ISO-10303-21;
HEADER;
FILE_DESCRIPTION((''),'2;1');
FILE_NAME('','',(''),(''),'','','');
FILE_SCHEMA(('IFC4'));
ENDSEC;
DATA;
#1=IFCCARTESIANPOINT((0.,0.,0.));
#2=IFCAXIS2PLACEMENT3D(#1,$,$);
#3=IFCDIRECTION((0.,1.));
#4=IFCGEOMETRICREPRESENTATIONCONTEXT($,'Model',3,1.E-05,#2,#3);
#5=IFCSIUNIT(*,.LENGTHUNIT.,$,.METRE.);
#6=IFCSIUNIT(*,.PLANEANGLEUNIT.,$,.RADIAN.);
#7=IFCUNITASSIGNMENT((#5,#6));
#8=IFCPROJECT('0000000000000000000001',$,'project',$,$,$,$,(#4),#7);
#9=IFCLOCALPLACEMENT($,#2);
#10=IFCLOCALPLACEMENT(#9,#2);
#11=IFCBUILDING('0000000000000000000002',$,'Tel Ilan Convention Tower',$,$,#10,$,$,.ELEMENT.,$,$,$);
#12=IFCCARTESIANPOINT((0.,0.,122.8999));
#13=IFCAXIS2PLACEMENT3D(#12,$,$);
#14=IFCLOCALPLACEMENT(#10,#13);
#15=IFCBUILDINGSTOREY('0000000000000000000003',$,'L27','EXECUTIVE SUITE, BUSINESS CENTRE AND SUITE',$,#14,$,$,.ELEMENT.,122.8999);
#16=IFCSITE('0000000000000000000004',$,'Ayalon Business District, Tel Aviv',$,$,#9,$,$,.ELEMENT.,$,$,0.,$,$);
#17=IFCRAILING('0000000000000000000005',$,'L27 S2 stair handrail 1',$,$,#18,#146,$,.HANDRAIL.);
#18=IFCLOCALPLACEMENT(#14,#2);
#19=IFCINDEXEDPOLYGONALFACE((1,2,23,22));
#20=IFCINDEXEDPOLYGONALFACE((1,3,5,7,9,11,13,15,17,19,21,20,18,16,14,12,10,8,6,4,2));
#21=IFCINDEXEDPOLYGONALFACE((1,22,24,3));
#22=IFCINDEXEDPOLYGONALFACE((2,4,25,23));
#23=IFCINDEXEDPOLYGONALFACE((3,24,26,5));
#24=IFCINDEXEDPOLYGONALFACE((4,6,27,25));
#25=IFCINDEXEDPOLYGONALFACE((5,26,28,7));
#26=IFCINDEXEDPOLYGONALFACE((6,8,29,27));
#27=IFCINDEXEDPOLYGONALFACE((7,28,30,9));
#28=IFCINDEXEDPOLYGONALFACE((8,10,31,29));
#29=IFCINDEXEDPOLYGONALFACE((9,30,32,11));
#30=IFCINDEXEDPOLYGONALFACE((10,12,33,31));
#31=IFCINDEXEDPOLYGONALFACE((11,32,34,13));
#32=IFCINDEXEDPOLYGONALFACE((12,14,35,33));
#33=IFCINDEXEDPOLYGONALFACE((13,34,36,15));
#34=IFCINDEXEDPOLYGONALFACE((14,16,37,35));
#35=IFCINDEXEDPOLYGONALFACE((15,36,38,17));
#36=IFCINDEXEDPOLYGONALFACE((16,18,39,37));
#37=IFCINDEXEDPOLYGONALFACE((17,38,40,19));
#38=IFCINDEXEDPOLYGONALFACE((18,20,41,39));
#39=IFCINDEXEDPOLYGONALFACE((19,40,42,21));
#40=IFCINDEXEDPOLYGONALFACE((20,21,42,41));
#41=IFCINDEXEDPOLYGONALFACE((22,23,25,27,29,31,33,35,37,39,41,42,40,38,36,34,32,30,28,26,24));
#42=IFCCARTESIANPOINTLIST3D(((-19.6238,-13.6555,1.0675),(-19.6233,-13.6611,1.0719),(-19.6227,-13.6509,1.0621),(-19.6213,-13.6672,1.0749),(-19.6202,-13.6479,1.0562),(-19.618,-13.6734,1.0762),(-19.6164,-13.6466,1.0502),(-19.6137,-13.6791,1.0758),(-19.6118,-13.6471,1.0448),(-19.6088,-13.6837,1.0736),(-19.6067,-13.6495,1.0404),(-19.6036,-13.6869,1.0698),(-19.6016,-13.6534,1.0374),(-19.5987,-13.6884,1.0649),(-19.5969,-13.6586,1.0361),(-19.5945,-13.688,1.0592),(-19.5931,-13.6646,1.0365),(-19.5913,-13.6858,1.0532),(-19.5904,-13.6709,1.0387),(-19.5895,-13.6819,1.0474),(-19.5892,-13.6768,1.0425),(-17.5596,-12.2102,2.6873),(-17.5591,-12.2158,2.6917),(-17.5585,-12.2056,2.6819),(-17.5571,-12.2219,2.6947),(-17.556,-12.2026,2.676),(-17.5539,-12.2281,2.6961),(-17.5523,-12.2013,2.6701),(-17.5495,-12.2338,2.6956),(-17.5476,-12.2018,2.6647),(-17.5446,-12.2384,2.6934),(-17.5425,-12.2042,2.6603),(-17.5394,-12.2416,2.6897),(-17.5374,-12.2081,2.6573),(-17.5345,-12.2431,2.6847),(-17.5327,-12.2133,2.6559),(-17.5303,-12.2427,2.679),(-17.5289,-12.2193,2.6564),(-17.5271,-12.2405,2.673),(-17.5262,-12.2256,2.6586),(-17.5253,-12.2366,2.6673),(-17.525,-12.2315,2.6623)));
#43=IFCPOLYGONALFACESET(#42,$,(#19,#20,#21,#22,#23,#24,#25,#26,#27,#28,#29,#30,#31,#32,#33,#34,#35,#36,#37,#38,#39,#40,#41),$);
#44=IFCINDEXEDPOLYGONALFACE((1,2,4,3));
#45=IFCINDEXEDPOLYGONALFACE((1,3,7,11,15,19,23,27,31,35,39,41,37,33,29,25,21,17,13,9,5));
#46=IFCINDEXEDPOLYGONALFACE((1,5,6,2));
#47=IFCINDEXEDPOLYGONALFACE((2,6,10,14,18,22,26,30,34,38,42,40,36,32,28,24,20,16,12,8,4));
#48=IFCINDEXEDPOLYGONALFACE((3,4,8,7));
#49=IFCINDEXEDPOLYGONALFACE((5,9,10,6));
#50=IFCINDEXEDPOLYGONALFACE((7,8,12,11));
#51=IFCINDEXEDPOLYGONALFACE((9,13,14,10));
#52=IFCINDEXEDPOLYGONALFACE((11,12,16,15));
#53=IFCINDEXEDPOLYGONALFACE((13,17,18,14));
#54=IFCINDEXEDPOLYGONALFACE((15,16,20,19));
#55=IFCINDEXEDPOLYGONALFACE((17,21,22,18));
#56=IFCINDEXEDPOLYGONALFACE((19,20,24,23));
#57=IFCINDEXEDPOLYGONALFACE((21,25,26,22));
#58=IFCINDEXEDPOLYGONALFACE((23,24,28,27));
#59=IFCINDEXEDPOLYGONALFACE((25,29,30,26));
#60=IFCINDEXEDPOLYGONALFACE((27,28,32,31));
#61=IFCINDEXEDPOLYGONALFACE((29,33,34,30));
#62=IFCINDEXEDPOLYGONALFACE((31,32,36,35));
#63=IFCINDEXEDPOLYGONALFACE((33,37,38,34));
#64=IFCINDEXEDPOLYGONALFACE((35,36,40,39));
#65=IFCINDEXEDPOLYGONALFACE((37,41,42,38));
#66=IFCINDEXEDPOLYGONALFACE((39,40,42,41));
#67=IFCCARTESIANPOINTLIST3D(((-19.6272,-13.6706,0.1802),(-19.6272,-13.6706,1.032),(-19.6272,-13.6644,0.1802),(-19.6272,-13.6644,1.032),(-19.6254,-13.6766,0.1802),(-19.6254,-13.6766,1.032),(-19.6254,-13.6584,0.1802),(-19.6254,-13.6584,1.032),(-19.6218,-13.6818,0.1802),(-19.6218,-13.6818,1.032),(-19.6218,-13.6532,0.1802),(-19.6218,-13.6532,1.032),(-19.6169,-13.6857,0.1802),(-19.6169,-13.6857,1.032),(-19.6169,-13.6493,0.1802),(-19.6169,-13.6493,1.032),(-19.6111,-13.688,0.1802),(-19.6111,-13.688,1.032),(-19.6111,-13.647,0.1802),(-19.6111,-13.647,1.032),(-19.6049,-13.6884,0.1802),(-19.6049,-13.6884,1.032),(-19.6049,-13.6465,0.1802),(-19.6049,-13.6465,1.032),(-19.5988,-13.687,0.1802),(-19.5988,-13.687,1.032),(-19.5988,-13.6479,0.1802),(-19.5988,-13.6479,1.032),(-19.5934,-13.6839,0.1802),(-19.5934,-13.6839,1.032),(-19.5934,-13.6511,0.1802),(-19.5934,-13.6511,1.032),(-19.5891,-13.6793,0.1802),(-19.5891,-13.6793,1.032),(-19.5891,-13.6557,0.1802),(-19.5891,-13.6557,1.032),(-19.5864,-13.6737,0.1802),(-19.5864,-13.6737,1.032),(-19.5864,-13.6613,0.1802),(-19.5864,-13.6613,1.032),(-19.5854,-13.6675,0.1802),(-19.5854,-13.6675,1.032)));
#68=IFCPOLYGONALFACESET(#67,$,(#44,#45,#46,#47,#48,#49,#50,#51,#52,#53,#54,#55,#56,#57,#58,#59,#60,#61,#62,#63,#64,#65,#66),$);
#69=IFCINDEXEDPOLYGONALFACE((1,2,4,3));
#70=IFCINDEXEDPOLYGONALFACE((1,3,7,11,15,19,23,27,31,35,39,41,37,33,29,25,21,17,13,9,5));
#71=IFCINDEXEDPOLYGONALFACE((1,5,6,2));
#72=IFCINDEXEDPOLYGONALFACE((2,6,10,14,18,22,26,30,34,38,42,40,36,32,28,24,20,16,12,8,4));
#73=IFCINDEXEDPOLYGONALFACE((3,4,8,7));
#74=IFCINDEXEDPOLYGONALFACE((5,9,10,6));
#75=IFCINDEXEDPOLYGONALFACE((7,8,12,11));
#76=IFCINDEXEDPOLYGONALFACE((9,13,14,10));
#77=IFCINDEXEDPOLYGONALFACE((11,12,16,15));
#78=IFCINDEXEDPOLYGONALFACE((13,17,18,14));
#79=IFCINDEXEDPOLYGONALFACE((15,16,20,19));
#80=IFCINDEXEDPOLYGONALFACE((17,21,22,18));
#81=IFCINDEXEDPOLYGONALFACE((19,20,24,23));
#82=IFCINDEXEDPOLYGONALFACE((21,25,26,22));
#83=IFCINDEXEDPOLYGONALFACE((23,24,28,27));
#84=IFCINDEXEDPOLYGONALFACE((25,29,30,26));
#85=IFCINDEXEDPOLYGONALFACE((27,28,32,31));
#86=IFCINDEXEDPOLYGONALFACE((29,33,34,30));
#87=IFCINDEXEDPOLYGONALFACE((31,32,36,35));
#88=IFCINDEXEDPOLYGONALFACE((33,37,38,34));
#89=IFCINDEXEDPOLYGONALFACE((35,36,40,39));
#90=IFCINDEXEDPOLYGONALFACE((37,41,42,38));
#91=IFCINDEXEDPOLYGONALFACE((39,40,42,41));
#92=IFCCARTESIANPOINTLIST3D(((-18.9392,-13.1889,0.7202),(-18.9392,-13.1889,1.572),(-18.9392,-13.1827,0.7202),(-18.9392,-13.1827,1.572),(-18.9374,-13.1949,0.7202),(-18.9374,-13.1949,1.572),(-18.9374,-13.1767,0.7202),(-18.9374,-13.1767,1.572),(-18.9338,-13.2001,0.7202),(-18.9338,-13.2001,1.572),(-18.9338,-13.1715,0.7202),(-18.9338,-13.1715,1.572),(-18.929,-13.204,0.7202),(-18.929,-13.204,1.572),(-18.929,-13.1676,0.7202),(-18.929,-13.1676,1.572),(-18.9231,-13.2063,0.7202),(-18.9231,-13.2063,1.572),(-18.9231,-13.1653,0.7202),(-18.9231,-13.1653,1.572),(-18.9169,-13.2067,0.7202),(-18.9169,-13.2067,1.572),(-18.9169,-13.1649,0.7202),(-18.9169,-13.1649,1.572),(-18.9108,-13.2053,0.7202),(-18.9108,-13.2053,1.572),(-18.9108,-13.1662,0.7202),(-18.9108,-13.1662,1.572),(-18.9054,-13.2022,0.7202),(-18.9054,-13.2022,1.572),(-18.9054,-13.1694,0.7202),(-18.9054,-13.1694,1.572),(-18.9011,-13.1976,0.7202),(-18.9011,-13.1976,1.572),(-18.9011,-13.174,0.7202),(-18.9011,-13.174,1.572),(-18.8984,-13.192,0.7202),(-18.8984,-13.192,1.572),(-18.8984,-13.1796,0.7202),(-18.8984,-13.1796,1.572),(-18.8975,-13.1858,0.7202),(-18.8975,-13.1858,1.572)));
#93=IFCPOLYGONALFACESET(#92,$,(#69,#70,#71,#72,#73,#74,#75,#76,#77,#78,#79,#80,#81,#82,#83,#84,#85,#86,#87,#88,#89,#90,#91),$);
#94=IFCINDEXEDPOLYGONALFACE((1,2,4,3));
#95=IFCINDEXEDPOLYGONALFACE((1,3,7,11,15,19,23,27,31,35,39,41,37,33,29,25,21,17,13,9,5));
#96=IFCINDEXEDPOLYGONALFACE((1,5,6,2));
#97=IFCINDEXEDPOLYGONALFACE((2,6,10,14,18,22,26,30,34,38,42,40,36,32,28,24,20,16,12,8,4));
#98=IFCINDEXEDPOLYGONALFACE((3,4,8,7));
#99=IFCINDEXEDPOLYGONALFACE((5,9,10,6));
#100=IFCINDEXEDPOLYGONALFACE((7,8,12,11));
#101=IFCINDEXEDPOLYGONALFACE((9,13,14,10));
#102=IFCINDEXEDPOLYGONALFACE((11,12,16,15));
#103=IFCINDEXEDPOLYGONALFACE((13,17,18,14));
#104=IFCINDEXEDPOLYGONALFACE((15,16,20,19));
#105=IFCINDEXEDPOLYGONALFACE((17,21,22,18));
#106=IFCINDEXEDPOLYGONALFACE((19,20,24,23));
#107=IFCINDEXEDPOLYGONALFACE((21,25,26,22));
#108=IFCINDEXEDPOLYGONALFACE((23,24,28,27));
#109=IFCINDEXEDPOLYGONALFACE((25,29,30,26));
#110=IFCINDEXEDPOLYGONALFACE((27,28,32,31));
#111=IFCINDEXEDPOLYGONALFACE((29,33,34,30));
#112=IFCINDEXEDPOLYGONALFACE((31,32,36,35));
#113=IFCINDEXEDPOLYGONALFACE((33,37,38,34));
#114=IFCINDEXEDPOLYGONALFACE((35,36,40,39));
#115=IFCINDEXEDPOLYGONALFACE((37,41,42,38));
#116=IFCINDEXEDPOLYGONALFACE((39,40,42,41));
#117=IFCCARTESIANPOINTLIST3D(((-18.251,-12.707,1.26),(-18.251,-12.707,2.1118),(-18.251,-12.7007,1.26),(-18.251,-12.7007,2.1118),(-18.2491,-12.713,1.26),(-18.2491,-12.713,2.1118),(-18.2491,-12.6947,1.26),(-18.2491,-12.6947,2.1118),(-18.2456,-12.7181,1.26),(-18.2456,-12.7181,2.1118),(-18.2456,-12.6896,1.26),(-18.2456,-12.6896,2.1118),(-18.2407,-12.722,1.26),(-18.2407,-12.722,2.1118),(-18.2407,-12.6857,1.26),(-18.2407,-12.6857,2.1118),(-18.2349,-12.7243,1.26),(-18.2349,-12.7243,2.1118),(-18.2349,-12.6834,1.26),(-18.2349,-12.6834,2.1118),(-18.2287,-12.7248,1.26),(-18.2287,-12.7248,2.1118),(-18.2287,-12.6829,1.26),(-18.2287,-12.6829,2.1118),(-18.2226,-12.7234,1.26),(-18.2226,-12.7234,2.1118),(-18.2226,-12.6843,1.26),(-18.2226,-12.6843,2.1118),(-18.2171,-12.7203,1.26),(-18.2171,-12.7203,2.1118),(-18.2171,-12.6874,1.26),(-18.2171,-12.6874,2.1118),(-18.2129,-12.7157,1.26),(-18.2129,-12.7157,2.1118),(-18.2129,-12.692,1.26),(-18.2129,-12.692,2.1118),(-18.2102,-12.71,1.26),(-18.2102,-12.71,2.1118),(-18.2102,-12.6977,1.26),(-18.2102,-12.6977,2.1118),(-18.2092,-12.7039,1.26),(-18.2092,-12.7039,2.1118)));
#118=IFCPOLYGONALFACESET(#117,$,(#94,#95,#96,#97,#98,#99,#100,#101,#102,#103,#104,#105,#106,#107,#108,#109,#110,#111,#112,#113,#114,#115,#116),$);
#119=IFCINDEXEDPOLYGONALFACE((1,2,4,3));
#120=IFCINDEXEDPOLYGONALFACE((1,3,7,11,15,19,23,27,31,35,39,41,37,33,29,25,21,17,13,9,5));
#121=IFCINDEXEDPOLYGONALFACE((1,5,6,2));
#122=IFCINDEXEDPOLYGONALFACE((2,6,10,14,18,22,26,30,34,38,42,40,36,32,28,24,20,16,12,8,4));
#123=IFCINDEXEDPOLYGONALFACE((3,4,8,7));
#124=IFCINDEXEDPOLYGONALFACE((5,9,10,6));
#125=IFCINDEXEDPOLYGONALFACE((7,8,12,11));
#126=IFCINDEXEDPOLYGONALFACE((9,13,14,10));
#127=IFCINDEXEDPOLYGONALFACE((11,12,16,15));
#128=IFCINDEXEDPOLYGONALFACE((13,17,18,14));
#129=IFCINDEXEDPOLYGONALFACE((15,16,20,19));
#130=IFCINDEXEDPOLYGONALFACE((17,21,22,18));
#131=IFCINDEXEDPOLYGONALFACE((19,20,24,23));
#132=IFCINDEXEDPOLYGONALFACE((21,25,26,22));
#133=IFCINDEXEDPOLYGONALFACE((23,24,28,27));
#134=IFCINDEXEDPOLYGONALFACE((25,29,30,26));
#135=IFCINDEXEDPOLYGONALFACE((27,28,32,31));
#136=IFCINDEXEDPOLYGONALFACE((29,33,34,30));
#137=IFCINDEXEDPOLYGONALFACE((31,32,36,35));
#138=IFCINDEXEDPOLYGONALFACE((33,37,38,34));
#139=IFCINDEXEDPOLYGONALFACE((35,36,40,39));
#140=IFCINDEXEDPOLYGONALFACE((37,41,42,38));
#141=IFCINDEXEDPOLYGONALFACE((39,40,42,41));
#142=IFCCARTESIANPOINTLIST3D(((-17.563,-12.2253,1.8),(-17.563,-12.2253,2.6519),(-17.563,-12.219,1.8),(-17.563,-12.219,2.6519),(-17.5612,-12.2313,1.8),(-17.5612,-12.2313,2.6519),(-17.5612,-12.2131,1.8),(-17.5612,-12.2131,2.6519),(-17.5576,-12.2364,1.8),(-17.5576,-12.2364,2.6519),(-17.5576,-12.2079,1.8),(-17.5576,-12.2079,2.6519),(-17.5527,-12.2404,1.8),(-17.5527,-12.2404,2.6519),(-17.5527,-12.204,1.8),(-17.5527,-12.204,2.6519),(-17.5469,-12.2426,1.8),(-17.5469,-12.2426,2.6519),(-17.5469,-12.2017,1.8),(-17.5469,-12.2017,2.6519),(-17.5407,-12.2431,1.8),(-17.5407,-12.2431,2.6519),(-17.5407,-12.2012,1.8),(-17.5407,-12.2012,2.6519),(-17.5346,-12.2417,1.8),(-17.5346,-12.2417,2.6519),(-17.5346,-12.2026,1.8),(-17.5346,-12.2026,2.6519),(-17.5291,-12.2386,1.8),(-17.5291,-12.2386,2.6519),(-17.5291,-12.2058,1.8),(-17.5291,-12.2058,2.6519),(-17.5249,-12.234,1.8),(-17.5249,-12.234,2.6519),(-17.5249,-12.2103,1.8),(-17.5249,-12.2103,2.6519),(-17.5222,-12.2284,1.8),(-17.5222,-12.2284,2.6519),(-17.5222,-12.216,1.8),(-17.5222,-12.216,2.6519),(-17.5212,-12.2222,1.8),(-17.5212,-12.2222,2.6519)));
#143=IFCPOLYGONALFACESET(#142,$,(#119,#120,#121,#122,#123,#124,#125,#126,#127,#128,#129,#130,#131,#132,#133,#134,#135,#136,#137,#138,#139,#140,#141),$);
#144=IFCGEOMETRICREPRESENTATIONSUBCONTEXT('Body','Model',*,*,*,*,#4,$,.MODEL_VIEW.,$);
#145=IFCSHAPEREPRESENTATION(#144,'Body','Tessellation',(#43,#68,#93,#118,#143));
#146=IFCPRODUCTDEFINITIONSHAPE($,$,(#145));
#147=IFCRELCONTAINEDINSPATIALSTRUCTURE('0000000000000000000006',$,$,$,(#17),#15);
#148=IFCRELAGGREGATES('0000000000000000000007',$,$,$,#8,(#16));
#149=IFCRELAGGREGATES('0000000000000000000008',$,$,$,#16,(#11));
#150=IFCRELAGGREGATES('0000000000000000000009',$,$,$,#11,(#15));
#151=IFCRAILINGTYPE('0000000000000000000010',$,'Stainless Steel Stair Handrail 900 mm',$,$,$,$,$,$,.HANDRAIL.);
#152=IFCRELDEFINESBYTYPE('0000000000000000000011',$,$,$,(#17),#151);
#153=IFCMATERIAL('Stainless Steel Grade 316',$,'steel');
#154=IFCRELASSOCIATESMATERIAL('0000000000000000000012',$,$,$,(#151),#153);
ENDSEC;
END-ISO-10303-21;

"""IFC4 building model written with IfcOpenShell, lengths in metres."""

from ifc_helpers import new_model, si_unit, direction, frame, origin, origin_2d, place, context, subcontext, project, spatial, circle, extrude, material, type_object, element, save


model = new_model("IFC4")

# Units and contexts
model_context = context("Model", 3, precision=1e-05, world=origin(), true_north=direction((0.0, 1.0)))
body_context = subcontext(model_context, "Body", "Model", "MODEL_VIEW")
ifc_project = project(units=[si_unit("LENGTHUNIT", "METRE"), si_unit("PLANEANGLEUNIT", "RADIAN")], contexts=[model_context])

# Site, building, storey
site_placement = place(None, origin())
site = spatial("IfcSite", under=ifc_project, at=site_placement, Name="Ayalon Business District, Tel Aviv", CompositionType="ELEMENT", RefElevation=0.0)
building_placement = place(site_placement, origin())
building = spatial("IfcBuilding", under=site, at=building_placement, Name="Tel Ilan Convention Tower", CompositionType="ELEMENT")
storey_placement = place(building_placement, frame((0.0, 0.0, 122.8999)))
storey = spatial("IfcBuildingStorey", under=building, at=storey_placement, Name="L27", Description="EXECUTIVE SUITE, BUSINESS CENTRE AND SUITE", CompositionType="ELEMENT", Elevation=122.8999)

# Railing
ifc_material_1 = material(Name="Stainless Steel Grade 316", Category="steel")
railing_type_1 = type_object("IfcRailingType", Name="Stainless Steel Stair Handrail 900 mm", PredefinedType="HANDRAIL", material=ifc_material_1)
railing_1_placement = place(storey_placement, frame((-19.6064, -13.6675, 0.1802)))
element("IfcRailing", 1, at=railing_1_placement, inside=storey, type_object=railing_type_1, Name="L27 S2 stair handrail 1", PredefinedType="HANDRAIL", context=body_context, shape_type="SweptSolid", body=[
    extrude(circle(Radius=0.0239, at=origin_2d()), frame((0.0, 0.0, 0.876), z_axis=(0.68907, 0.482472, 0.540743), x_axis=(-0.57356, 0.819164, 0.0)), (0.0, 0.0, 1.0), 2.9956),
    extrude(circle(Radius=0.021, at=origin_2d()), origin(), (0.0, 0.0, 1.0), 0.8518),
    extrude(circle(Radius=0.021, at=origin_2d()), frame((0.688, 0.4817, 0.54)), (0.0, 0.0, 1.0), 0.8518),
    extrude(circle(Radius=0.021, at=origin_2d()), frame((1.3762, 0.9636, 1.0798)), (0.0, 0.0, 1.0), 0.8518),
    extrude(circle(Radius=0.021, at=origin_2d()), frame((2.0642, 1.4453, 1.6199)), (0.0, 0.0, 1.0), 0.8518),
])

save(model, "model.ifc")
